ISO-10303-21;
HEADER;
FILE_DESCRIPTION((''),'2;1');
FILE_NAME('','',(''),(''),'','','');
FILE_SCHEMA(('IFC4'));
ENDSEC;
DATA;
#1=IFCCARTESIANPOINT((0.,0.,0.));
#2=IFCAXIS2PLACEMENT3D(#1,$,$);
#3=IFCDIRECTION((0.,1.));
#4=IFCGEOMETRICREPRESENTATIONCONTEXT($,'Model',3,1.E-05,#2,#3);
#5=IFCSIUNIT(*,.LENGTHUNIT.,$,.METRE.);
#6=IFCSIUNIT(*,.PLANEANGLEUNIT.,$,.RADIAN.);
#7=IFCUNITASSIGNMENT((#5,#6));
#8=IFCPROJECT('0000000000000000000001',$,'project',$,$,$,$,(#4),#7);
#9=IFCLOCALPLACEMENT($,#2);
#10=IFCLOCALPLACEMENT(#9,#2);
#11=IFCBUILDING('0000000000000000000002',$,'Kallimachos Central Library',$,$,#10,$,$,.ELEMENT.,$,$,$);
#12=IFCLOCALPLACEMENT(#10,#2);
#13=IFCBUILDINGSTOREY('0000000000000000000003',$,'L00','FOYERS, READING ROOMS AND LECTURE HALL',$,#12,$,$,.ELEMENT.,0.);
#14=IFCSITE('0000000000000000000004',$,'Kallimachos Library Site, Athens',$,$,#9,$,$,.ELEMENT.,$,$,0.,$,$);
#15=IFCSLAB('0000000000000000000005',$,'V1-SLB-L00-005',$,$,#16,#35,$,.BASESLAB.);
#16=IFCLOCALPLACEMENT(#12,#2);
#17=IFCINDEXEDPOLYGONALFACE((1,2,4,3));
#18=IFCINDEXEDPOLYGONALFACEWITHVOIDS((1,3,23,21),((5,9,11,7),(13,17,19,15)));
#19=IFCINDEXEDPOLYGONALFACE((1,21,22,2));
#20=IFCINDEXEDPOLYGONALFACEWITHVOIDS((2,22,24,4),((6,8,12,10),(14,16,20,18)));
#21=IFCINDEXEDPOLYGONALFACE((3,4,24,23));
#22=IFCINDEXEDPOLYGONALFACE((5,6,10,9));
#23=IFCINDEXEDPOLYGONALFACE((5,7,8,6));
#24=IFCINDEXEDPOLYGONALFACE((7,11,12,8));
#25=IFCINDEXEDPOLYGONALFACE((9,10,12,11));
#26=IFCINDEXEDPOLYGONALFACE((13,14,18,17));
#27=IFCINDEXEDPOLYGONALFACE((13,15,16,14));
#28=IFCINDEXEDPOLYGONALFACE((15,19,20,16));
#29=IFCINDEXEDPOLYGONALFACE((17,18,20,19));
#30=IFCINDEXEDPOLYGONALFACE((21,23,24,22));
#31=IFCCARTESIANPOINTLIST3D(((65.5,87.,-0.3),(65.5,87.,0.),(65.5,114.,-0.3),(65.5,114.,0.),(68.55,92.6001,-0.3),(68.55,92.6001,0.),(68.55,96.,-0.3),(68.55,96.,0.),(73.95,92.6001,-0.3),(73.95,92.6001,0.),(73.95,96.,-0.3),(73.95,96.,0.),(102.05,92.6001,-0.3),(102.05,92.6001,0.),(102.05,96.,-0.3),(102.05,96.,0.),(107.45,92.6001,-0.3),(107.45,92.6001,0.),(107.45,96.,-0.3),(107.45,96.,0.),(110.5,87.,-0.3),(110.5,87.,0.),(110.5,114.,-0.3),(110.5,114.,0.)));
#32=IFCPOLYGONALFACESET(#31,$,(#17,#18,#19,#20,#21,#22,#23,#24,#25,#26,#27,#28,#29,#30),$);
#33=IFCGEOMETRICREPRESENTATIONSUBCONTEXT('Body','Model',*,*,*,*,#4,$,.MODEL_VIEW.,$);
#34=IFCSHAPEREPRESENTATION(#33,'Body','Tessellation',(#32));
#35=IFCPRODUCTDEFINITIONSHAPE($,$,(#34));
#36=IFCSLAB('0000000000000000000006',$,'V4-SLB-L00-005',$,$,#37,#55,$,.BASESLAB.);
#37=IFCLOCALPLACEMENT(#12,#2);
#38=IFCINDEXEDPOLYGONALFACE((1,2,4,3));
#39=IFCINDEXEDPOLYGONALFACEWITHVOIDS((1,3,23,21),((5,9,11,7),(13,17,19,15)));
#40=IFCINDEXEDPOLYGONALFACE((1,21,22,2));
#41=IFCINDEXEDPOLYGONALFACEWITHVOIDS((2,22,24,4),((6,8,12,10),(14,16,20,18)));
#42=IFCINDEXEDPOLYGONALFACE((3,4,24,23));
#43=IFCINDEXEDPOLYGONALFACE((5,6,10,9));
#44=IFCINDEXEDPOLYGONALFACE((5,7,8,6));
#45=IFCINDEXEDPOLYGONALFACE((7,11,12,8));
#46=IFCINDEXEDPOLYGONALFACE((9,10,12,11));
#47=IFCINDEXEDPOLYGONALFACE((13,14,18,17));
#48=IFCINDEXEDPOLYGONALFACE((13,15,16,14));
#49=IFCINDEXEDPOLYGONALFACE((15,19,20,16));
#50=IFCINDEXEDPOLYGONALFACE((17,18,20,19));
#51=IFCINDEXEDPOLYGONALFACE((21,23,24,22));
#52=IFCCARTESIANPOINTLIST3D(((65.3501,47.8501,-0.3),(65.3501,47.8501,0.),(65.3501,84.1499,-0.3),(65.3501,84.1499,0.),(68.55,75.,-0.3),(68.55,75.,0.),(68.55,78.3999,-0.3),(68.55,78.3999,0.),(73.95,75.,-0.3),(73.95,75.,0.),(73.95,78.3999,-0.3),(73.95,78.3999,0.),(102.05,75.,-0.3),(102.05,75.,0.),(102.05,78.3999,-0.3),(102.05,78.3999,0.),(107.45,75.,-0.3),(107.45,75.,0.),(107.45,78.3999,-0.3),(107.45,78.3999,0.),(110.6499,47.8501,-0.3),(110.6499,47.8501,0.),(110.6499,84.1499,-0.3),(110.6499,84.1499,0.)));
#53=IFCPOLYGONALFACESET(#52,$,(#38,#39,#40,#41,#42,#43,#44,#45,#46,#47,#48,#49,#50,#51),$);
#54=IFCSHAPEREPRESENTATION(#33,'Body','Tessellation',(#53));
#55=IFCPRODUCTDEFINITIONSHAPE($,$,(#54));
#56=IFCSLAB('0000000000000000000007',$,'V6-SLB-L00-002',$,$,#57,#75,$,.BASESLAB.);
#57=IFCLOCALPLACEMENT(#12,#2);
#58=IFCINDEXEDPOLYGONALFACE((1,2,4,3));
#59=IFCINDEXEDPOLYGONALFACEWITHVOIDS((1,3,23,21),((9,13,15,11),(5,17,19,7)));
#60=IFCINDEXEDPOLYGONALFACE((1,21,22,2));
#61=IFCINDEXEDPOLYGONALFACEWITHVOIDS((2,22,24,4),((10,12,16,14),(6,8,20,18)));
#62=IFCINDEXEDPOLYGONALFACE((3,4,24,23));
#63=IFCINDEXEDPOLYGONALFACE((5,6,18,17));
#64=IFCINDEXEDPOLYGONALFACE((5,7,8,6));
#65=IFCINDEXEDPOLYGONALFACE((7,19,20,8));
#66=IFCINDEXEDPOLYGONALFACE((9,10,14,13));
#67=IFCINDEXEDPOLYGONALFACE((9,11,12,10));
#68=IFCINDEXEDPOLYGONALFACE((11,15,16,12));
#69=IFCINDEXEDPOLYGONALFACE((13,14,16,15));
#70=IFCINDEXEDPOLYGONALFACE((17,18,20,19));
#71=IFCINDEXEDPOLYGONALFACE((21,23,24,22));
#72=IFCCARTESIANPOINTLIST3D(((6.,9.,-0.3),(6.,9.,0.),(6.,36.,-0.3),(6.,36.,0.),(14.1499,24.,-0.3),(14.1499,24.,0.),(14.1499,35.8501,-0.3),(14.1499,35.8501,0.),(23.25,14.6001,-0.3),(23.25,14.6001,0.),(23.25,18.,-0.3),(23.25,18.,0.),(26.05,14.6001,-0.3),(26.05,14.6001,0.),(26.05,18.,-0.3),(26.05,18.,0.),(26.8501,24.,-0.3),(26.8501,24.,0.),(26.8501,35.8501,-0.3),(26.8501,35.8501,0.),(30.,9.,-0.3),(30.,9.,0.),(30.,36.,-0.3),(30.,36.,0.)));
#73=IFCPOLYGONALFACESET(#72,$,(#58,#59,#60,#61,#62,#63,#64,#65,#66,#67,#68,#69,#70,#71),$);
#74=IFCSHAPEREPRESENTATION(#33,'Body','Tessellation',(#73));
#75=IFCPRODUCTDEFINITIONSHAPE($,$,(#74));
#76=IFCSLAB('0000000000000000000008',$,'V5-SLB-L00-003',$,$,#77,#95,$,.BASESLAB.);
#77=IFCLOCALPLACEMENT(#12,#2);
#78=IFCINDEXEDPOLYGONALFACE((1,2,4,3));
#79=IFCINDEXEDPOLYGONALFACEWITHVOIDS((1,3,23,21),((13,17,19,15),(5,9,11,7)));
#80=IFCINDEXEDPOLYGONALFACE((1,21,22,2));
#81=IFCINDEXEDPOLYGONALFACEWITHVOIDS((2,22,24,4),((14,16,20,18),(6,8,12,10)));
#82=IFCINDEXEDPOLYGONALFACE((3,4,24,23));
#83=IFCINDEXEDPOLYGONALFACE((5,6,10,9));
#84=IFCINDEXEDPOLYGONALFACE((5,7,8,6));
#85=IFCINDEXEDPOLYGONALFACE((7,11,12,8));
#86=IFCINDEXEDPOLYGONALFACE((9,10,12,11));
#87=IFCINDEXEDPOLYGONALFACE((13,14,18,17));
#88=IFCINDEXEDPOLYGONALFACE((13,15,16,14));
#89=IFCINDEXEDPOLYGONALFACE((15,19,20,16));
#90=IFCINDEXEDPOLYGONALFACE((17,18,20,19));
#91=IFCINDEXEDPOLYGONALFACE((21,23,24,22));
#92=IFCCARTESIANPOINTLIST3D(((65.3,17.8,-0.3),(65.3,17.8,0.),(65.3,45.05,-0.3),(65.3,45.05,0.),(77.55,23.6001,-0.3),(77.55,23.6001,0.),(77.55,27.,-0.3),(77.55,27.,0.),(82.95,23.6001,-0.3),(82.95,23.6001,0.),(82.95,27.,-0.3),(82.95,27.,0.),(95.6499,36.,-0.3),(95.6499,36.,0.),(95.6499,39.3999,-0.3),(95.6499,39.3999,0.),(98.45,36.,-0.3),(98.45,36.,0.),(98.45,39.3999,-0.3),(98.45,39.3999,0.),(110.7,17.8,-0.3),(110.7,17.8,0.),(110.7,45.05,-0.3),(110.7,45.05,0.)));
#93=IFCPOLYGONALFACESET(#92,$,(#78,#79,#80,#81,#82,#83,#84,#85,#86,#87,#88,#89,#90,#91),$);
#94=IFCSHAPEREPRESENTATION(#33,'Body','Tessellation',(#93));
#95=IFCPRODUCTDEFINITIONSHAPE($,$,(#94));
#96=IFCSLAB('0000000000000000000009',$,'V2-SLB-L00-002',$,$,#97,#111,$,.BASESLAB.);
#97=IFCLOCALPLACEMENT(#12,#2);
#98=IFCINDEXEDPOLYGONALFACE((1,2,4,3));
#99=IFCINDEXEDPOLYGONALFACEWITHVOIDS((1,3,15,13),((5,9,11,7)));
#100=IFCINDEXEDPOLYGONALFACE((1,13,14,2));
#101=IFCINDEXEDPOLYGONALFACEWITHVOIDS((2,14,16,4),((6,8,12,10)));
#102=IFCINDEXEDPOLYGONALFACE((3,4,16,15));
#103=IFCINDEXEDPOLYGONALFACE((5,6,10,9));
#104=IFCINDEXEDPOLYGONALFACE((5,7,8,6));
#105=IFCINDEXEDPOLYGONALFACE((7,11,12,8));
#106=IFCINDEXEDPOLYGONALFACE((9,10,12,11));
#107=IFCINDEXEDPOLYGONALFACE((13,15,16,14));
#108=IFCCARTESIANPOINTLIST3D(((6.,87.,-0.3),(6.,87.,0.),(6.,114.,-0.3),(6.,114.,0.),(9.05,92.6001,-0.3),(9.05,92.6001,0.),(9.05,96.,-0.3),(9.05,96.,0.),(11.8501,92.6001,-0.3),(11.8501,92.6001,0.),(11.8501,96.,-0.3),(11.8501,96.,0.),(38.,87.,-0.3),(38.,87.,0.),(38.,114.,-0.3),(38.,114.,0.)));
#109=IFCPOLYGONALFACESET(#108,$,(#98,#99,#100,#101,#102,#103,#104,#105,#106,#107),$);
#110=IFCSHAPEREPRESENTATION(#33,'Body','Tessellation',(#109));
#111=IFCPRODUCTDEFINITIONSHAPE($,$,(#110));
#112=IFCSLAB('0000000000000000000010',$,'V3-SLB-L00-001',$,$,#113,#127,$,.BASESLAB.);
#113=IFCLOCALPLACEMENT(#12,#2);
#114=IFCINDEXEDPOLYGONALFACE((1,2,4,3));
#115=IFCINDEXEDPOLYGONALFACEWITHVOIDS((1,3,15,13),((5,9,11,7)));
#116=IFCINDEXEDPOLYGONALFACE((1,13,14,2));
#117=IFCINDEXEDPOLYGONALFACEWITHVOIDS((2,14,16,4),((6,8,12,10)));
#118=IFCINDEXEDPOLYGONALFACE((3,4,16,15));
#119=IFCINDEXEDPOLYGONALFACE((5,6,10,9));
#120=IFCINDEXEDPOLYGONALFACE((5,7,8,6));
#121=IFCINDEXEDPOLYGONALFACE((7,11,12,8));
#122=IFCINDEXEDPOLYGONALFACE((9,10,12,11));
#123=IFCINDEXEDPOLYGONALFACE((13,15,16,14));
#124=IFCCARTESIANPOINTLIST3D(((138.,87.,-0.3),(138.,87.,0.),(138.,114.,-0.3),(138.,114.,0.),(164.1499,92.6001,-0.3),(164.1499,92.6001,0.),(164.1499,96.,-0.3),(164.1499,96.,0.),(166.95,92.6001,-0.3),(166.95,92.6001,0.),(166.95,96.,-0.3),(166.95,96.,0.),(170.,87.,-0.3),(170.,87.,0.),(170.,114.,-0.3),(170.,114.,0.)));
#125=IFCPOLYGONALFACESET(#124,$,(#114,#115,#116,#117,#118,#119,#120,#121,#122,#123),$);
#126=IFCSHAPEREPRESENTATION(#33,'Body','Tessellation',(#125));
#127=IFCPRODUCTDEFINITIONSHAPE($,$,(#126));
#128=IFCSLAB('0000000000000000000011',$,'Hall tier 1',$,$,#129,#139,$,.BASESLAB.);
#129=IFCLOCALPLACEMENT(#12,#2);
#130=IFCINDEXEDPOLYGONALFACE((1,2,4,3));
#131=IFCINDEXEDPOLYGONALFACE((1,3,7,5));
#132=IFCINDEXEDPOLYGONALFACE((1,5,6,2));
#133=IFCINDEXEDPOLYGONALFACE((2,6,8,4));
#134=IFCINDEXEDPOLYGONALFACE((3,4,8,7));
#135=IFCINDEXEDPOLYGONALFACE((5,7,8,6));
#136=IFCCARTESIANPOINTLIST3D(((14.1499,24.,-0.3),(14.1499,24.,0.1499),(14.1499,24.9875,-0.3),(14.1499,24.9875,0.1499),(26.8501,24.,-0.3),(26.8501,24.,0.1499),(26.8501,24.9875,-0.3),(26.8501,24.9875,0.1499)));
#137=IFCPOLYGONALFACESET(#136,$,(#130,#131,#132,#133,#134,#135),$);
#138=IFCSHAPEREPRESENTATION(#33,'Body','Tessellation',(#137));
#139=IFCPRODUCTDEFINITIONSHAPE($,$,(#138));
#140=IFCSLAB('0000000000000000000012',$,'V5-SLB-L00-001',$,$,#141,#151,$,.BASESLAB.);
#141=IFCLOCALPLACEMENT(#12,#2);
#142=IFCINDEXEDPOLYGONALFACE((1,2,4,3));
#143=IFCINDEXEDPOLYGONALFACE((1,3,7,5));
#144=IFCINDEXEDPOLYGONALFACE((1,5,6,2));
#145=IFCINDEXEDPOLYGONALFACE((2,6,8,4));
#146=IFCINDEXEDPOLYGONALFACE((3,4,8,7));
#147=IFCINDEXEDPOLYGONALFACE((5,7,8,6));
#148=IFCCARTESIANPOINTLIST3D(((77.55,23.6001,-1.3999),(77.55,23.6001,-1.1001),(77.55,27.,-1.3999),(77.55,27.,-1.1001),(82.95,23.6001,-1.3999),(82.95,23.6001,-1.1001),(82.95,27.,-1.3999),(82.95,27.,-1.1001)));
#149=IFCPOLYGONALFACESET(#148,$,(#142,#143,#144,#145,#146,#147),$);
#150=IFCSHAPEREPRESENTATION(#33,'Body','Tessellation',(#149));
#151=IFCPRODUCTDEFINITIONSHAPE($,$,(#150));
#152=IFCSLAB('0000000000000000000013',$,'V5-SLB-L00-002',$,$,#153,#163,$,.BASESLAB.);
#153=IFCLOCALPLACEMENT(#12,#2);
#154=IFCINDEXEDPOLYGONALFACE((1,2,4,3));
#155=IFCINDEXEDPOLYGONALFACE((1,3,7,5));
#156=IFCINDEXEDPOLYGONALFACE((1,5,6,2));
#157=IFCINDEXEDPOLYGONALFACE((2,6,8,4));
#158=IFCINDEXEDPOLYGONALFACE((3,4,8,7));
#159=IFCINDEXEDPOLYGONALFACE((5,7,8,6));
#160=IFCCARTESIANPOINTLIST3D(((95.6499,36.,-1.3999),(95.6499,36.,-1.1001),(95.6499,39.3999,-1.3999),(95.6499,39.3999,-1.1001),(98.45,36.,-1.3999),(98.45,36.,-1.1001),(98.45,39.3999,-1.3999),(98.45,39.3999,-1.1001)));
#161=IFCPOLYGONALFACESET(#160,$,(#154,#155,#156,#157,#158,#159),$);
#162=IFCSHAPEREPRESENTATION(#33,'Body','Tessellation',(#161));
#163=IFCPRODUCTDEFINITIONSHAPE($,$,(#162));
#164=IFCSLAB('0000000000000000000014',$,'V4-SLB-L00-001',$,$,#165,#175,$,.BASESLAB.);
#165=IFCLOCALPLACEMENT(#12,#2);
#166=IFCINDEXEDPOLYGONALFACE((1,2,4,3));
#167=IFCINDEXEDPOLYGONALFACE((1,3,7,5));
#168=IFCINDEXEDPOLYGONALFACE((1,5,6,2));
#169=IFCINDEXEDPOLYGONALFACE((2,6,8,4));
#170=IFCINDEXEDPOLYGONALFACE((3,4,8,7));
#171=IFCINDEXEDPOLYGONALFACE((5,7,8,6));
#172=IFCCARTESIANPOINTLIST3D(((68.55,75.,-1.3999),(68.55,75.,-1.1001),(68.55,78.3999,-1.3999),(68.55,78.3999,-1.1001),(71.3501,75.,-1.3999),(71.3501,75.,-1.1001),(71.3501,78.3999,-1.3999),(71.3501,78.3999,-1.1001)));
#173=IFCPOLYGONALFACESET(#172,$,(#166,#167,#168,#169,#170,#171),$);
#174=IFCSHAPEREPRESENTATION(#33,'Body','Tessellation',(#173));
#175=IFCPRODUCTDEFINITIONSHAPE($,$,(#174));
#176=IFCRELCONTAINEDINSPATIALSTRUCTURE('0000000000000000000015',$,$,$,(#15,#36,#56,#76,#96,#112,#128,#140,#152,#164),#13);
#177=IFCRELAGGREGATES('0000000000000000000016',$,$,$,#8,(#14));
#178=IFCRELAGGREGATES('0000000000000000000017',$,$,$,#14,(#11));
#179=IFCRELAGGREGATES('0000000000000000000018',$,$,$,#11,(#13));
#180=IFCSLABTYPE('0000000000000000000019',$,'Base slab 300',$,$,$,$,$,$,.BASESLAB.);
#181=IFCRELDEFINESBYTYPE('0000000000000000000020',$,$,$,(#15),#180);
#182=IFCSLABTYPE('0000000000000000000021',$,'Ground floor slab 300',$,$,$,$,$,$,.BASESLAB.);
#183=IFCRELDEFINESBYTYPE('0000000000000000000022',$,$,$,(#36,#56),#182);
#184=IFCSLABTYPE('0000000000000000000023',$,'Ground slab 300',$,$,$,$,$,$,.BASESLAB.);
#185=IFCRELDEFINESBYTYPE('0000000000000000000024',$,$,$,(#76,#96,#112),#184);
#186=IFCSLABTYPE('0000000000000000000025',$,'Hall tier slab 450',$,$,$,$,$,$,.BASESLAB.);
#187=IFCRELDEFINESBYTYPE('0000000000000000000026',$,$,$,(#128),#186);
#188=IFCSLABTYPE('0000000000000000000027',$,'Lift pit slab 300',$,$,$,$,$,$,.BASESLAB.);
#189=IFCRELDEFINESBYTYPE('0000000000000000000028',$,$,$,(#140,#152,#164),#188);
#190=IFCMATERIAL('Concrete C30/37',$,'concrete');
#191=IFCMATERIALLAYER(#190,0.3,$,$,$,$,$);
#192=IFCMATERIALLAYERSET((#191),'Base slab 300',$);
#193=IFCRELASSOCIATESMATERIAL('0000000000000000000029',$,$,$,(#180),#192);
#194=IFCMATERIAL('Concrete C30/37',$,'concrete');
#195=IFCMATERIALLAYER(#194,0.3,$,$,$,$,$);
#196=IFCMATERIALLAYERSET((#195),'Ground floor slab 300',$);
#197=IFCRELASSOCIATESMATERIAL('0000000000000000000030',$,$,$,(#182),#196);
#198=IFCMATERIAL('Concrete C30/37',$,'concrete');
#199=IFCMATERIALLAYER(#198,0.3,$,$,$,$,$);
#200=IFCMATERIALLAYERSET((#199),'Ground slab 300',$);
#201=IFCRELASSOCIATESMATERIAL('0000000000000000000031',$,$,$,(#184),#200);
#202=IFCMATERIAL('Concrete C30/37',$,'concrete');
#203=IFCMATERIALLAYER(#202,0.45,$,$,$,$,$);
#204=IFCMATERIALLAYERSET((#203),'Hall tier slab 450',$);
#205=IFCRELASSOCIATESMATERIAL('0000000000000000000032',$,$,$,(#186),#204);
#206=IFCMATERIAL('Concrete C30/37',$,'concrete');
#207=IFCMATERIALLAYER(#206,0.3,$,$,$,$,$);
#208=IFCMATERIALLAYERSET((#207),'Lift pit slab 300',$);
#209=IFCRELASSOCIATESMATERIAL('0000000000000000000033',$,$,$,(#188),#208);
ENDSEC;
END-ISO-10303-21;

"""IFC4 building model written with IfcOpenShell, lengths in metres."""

from ifc_helpers import new_model, si_unit, direction, frame, origin, place, context, subcontext, project, spatial, polyline, outline, extrude, material, layer, layer_set, type_object, element, save


model = new_model("IFC4")

# Units and contexts
model_context = context("Model", 3, precision=1e-05, world=origin(), true_north=direction((0.0, 1.0)))
body_context = subcontext(model_context, "Body", "Model", "MODEL_VIEW")
ifc_project = project(units=[si_unit("LENGTHUNIT", "METRE"), si_unit("PLANEANGLEUNIT", "RADIAN")], contexts=[model_context])

# Site, building, storey
site_placement = place(None, origin())
site = spatial("IfcSite", under=ifc_project, at=site_placement, Name="Kallimachos Library Site, Athens", CompositionType="ELEMENT", RefElevation=0.0)
building_placement = place(site_placement, origin())
building = spatial("IfcBuilding", under=site, at=building_placement, Name="Kallimachos Central Library", CompositionType="ELEMENT")
storey_placement = place(building_placement, origin())
storey = spatial("IfcBuildingStorey", under=building, at=storey_placement, Name="L00", Description="FOYERS, READING ROOMS AND LECTURE HALL", CompositionType="ELEMENT", Elevation=0.0)

# Slabs
ifc_material_1 = material(Name="Concrete C30/37", Category="concrete")
ifc_layer_1 = layer(ifc_material_1, 0.3)
ifc_layer_set_1 = layer_set([ifc_layer_1], Name="Base slab 300")
slab_type_1 = type_object("IfcSlabType", Name="Base slab 300", PredefinedType="BASESLAB", material=ifc_layer_set_1)
slab_1_placement = place(storey_placement, frame((0.0, 0.0, -0.3)))
element("IfcSlab", 1, at=slab_1_placement, inside=storey, type_object=slab_type_1, Name="V1-SLB-L00-005", PredefinedType="BASESLAB", context=body_context, shape_type="SweptSolid", body=[
    extrude(outline(polyline([(65.5, 114.0), (110.5, 114.0), (110.5, 87.0), (65.5, 87.0), (65.5, 114.0)]), holes=[polyline([(68.55, 96.0), (68.55, 92.6001), (73.95, 92.6001), (73.95, 96.0), (68.55, 96.0)]), polyline([(102.05, 96.0), (102.05, 92.6001), (107.45, 92.6001), (107.45, 96.0), (102.05, 96.0)])]), origin(), (0.0, 0.0, 1.0), 0.3),
])
ifc_material_2 = material(Name="Concrete C30/37", Category="concrete")
ifc_layer_2 = layer(ifc_material_2, 0.3)
ifc_layer_set_2 = layer_set([ifc_layer_2], Name="Ground floor slab 300")
slab_type_2 = type_object("IfcSlabType", Name="Ground floor slab 300", PredefinedType="BASESLAB", material=ifc_layer_set_2)
slab_2_placement = place(storey_placement, frame((0.0, 0.0, -0.3)))
element("IfcSlab", 2, at=slab_2_placement, inside=storey, type_object=slab_type_2, Name="V4-SLB-L00-005", PredefinedType="BASESLAB", context=body_context, shape_type="SweptSolid", body=[
    extrude(outline(polyline([(65.3501, 47.8501), (65.3501, 84.1499), (110.6499, 84.1499), (110.6499, 47.8501), (65.3501, 47.8501)]), holes=[polyline([(68.55, 75.0), (73.95, 75.0), (73.95, 78.3999), (68.55, 78.3999), (68.55, 75.0)]), polyline([(107.45, 78.3999), (102.05, 78.3999), (102.05, 75.0), (107.45, 75.0), (107.45, 78.3999)])]), origin(), (0.0, 0.0, 1.0), 0.3),
])
slab_3_placement = place(storey_placement, frame((0.0, 0.0, -0.3)))
element("IfcSlab", 3, at=slab_3_placement, inside=storey, type_object=slab_type_2, Name="V6-SLB-L00-002", PredefinedType="BASESLAB", context=body_context, shape_type="SweptSolid", body=[
    extrude(outline(polyline([(30.0, 36.0), (30.0, 9.0), (6.0, 9.0), (6.0, 36.0), (30.0, 36.0)]), holes=[polyline([(26.05, 18.0), (23.25, 18.0), (23.25, 14.6001), (26.05, 14.6001), (26.05, 18.0)]), polyline([(14.1499, 35.8501), (14.1499, 24.0), (26.8501, 24.0), (26.8501, 35.8501), (14.1499, 35.8501)])]), origin(), (0.0, 0.0, 1.0), 0.3),
])
ifc_material_3 = material(Name="Concrete C30/37", Category="concrete")
ifc_layer_3 = layer(ifc_material_3, 0.3)
ifc_layer_set_3 = layer_set([ifc_layer_3], Name="Ground slab 300")
slab_type_3 = type_object("IfcSlabType", Name="Ground slab 300", PredefinedType="BASESLAB", material=ifc_layer_set_3)
slab_4_placement = place(storey_placement, frame((0.0, 0.0, -0.3)))
element("IfcSlab", 4, at=slab_4_placement, inside=storey, type_object=slab_type_3, Name="V5-SLB-L00-003", PredefinedType="BASESLAB", context=body_context, shape_type="SweptSolid", body=[
    extrude(outline(polyline([(65.3, 45.05), (110.7, 45.05), (110.7, 17.8), (65.3, 17.8), (65.3, 45.05)]), holes=[polyline([(77.55, 23.6001), (82.95, 23.6001), (82.95, 27.0), (77.55, 27.0), (77.55, 23.6001)]), polyline([(95.6499, 36.0), (98.45, 36.0), (98.45, 39.3999), (95.6499, 39.3999), (95.6499, 36.0)])]), origin(), (0.0, 0.0, 1.0), 0.3),
])
slab_5_placement = place(storey_placement, frame((0.0, 0.0, -0.3)))
element("IfcSlab", 5, at=slab_5_placement, inside=storey, type_object=slab_type_3, Name="V2-SLB-L00-002", PredefinedType="BASESLAB", context=body_context, shape_type="SweptSolid", body=[
    extrude(outline(polyline([(6.0, 114.0), (38.0, 114.0), (38.0, 87.0), (6.0, 87.0), (6.0, 114.0)]), holes=[polyline([(11.8501, 92.6001), (11.8501, 96.0), (9.05, 96.0), (9.05, 92.6001), (11.8501, 92.6001)])]), origin(), (0.0, 0.0, 1.0), 0.3),
])
slab_6_placement = place(storey_placement, frame((0.0, 0.0, -0.3)))
element("IfcSlab", 6, at=slab_6_placement, inside=storey, type_object=slab_type_3, Name="V3-SLB-L00-001", PredefinedType="BASESLAB", context=body_context, shape_type="SweptSolid", body=[
    extrude(outline(polyline([(138.0, 114.0), (170.0, 114.0), (170.0, 87.0), (138.0, 87.0), (138.0, 114.0)]), holes=[polyline([(166.95, 92.6001), (166.95, 96.0), (164.1499, 96.0), (164.1499, 92.6001), (166.95, 92.6001)])]), origin(), (0.0, 0.0, 1.0), 0.3),
])
ifc_material_4 = material(Name="Concrete C30/37", Category="concrete")
ifc_layer_4 = layer(ifc_material_4, 0.45)
ifc_layer_set_4 = layer_set([ifc_layer_4], Name="Hall tier slab 450")
slab_type_4 = type_object("IfcSlabType", Name="Hall tier slab 450", PredefinedType="BASESLAB", material=ifc_layer_set_4)
slab_7_placement = place(storey_placement, frame((0.0, 0.0, -0.3)))
element("IfcSlab", 7, at=slab_7_placement, inside=storey, type_object=slab_type_4, Name="Hall tier 1", PredefinedType="BASESLAB", context=body_context, shape_type="SweptSolid", body=[
    extrude(outline(polyline([(14.1499, 24.0), (26.8501, 24.0), (26.8501, 24.9875), (14.1499, 24.9875), (14.1499, 24.0)])), origin(), (0.0, 0.0, 1.0), 0.45),
])
ifc_material_5 = material(Name="Concrete C30/37", Category="concrete")
ifc_layer_5 = layer(ifc_material_5, 0.3)
ifc_layer_set_5 = layer_set([ifc_layer_5], Name="Lift pit slab 300")
slab_type_5 = type_object("IfcSlabType", Name="Lift pit slab 300", PredefinedType="BASESLAB", material=ifc_layer_set_5)
slab_8_placement = place(storey_placement, frame((0.0, 0.0, -1.3999)))
element("IfcSlab", 8, at=slab_8_placement, inside=storey, type_object=slab_type_5, Name="V5-SLB-L00-001", PredefinedType="BASESLAB", context=body_context, shape_type="SweptSolid", body=[
    extrude(outline(polyline([(77.55, 23.6001), (82.95, 23.6001), (82.95, 27.0), (77.55, 27.0), (77.55, 23.6001)])), origin(), (0.0, 0.0, 1.0), 0.2998),
])
slab_9_placement = place(storey_placement, frame((0.0, 0.0, -1.3999)))
element("IfcSlab", 9, at=slab_9_placement, inside=storey, type_object=slab_type_5, Name="V5-SLB-L00-002", PredefinedType="BASESLAB", context=body_context, shape_type="SweptSolid", body=[
    extrude(outline(polyline([(95.6499, 36.0), (98.45, 36.0), (98.45, 39.3999), (95.6499, 39.3999), (95.6499, 36.0)])), origin(), (0.0, 0.0, 1.0), 0.2998),
])
slab_10_placement = place(storey_placement, frame((0.0, 0.0, -1.3999)))
element("IfcSlab", 10, at=slab_10_placement, inside=storey, type_object=slab_type_5, Name="V4-SLB-L00-001", PredefinedType="BASESLAB", context=body_context, shape_type="SweptSolid", body=[
    extrude(outline(polyline([(68.55, 75.0), (71.3501, 75.0), (71.3501, 78.3999), (68.55, 78.3999), (68.55, 75.0)])), origin(), (0.0, 0.0, 1.0), 0.2998),
])

save(model, "model.ifc")
